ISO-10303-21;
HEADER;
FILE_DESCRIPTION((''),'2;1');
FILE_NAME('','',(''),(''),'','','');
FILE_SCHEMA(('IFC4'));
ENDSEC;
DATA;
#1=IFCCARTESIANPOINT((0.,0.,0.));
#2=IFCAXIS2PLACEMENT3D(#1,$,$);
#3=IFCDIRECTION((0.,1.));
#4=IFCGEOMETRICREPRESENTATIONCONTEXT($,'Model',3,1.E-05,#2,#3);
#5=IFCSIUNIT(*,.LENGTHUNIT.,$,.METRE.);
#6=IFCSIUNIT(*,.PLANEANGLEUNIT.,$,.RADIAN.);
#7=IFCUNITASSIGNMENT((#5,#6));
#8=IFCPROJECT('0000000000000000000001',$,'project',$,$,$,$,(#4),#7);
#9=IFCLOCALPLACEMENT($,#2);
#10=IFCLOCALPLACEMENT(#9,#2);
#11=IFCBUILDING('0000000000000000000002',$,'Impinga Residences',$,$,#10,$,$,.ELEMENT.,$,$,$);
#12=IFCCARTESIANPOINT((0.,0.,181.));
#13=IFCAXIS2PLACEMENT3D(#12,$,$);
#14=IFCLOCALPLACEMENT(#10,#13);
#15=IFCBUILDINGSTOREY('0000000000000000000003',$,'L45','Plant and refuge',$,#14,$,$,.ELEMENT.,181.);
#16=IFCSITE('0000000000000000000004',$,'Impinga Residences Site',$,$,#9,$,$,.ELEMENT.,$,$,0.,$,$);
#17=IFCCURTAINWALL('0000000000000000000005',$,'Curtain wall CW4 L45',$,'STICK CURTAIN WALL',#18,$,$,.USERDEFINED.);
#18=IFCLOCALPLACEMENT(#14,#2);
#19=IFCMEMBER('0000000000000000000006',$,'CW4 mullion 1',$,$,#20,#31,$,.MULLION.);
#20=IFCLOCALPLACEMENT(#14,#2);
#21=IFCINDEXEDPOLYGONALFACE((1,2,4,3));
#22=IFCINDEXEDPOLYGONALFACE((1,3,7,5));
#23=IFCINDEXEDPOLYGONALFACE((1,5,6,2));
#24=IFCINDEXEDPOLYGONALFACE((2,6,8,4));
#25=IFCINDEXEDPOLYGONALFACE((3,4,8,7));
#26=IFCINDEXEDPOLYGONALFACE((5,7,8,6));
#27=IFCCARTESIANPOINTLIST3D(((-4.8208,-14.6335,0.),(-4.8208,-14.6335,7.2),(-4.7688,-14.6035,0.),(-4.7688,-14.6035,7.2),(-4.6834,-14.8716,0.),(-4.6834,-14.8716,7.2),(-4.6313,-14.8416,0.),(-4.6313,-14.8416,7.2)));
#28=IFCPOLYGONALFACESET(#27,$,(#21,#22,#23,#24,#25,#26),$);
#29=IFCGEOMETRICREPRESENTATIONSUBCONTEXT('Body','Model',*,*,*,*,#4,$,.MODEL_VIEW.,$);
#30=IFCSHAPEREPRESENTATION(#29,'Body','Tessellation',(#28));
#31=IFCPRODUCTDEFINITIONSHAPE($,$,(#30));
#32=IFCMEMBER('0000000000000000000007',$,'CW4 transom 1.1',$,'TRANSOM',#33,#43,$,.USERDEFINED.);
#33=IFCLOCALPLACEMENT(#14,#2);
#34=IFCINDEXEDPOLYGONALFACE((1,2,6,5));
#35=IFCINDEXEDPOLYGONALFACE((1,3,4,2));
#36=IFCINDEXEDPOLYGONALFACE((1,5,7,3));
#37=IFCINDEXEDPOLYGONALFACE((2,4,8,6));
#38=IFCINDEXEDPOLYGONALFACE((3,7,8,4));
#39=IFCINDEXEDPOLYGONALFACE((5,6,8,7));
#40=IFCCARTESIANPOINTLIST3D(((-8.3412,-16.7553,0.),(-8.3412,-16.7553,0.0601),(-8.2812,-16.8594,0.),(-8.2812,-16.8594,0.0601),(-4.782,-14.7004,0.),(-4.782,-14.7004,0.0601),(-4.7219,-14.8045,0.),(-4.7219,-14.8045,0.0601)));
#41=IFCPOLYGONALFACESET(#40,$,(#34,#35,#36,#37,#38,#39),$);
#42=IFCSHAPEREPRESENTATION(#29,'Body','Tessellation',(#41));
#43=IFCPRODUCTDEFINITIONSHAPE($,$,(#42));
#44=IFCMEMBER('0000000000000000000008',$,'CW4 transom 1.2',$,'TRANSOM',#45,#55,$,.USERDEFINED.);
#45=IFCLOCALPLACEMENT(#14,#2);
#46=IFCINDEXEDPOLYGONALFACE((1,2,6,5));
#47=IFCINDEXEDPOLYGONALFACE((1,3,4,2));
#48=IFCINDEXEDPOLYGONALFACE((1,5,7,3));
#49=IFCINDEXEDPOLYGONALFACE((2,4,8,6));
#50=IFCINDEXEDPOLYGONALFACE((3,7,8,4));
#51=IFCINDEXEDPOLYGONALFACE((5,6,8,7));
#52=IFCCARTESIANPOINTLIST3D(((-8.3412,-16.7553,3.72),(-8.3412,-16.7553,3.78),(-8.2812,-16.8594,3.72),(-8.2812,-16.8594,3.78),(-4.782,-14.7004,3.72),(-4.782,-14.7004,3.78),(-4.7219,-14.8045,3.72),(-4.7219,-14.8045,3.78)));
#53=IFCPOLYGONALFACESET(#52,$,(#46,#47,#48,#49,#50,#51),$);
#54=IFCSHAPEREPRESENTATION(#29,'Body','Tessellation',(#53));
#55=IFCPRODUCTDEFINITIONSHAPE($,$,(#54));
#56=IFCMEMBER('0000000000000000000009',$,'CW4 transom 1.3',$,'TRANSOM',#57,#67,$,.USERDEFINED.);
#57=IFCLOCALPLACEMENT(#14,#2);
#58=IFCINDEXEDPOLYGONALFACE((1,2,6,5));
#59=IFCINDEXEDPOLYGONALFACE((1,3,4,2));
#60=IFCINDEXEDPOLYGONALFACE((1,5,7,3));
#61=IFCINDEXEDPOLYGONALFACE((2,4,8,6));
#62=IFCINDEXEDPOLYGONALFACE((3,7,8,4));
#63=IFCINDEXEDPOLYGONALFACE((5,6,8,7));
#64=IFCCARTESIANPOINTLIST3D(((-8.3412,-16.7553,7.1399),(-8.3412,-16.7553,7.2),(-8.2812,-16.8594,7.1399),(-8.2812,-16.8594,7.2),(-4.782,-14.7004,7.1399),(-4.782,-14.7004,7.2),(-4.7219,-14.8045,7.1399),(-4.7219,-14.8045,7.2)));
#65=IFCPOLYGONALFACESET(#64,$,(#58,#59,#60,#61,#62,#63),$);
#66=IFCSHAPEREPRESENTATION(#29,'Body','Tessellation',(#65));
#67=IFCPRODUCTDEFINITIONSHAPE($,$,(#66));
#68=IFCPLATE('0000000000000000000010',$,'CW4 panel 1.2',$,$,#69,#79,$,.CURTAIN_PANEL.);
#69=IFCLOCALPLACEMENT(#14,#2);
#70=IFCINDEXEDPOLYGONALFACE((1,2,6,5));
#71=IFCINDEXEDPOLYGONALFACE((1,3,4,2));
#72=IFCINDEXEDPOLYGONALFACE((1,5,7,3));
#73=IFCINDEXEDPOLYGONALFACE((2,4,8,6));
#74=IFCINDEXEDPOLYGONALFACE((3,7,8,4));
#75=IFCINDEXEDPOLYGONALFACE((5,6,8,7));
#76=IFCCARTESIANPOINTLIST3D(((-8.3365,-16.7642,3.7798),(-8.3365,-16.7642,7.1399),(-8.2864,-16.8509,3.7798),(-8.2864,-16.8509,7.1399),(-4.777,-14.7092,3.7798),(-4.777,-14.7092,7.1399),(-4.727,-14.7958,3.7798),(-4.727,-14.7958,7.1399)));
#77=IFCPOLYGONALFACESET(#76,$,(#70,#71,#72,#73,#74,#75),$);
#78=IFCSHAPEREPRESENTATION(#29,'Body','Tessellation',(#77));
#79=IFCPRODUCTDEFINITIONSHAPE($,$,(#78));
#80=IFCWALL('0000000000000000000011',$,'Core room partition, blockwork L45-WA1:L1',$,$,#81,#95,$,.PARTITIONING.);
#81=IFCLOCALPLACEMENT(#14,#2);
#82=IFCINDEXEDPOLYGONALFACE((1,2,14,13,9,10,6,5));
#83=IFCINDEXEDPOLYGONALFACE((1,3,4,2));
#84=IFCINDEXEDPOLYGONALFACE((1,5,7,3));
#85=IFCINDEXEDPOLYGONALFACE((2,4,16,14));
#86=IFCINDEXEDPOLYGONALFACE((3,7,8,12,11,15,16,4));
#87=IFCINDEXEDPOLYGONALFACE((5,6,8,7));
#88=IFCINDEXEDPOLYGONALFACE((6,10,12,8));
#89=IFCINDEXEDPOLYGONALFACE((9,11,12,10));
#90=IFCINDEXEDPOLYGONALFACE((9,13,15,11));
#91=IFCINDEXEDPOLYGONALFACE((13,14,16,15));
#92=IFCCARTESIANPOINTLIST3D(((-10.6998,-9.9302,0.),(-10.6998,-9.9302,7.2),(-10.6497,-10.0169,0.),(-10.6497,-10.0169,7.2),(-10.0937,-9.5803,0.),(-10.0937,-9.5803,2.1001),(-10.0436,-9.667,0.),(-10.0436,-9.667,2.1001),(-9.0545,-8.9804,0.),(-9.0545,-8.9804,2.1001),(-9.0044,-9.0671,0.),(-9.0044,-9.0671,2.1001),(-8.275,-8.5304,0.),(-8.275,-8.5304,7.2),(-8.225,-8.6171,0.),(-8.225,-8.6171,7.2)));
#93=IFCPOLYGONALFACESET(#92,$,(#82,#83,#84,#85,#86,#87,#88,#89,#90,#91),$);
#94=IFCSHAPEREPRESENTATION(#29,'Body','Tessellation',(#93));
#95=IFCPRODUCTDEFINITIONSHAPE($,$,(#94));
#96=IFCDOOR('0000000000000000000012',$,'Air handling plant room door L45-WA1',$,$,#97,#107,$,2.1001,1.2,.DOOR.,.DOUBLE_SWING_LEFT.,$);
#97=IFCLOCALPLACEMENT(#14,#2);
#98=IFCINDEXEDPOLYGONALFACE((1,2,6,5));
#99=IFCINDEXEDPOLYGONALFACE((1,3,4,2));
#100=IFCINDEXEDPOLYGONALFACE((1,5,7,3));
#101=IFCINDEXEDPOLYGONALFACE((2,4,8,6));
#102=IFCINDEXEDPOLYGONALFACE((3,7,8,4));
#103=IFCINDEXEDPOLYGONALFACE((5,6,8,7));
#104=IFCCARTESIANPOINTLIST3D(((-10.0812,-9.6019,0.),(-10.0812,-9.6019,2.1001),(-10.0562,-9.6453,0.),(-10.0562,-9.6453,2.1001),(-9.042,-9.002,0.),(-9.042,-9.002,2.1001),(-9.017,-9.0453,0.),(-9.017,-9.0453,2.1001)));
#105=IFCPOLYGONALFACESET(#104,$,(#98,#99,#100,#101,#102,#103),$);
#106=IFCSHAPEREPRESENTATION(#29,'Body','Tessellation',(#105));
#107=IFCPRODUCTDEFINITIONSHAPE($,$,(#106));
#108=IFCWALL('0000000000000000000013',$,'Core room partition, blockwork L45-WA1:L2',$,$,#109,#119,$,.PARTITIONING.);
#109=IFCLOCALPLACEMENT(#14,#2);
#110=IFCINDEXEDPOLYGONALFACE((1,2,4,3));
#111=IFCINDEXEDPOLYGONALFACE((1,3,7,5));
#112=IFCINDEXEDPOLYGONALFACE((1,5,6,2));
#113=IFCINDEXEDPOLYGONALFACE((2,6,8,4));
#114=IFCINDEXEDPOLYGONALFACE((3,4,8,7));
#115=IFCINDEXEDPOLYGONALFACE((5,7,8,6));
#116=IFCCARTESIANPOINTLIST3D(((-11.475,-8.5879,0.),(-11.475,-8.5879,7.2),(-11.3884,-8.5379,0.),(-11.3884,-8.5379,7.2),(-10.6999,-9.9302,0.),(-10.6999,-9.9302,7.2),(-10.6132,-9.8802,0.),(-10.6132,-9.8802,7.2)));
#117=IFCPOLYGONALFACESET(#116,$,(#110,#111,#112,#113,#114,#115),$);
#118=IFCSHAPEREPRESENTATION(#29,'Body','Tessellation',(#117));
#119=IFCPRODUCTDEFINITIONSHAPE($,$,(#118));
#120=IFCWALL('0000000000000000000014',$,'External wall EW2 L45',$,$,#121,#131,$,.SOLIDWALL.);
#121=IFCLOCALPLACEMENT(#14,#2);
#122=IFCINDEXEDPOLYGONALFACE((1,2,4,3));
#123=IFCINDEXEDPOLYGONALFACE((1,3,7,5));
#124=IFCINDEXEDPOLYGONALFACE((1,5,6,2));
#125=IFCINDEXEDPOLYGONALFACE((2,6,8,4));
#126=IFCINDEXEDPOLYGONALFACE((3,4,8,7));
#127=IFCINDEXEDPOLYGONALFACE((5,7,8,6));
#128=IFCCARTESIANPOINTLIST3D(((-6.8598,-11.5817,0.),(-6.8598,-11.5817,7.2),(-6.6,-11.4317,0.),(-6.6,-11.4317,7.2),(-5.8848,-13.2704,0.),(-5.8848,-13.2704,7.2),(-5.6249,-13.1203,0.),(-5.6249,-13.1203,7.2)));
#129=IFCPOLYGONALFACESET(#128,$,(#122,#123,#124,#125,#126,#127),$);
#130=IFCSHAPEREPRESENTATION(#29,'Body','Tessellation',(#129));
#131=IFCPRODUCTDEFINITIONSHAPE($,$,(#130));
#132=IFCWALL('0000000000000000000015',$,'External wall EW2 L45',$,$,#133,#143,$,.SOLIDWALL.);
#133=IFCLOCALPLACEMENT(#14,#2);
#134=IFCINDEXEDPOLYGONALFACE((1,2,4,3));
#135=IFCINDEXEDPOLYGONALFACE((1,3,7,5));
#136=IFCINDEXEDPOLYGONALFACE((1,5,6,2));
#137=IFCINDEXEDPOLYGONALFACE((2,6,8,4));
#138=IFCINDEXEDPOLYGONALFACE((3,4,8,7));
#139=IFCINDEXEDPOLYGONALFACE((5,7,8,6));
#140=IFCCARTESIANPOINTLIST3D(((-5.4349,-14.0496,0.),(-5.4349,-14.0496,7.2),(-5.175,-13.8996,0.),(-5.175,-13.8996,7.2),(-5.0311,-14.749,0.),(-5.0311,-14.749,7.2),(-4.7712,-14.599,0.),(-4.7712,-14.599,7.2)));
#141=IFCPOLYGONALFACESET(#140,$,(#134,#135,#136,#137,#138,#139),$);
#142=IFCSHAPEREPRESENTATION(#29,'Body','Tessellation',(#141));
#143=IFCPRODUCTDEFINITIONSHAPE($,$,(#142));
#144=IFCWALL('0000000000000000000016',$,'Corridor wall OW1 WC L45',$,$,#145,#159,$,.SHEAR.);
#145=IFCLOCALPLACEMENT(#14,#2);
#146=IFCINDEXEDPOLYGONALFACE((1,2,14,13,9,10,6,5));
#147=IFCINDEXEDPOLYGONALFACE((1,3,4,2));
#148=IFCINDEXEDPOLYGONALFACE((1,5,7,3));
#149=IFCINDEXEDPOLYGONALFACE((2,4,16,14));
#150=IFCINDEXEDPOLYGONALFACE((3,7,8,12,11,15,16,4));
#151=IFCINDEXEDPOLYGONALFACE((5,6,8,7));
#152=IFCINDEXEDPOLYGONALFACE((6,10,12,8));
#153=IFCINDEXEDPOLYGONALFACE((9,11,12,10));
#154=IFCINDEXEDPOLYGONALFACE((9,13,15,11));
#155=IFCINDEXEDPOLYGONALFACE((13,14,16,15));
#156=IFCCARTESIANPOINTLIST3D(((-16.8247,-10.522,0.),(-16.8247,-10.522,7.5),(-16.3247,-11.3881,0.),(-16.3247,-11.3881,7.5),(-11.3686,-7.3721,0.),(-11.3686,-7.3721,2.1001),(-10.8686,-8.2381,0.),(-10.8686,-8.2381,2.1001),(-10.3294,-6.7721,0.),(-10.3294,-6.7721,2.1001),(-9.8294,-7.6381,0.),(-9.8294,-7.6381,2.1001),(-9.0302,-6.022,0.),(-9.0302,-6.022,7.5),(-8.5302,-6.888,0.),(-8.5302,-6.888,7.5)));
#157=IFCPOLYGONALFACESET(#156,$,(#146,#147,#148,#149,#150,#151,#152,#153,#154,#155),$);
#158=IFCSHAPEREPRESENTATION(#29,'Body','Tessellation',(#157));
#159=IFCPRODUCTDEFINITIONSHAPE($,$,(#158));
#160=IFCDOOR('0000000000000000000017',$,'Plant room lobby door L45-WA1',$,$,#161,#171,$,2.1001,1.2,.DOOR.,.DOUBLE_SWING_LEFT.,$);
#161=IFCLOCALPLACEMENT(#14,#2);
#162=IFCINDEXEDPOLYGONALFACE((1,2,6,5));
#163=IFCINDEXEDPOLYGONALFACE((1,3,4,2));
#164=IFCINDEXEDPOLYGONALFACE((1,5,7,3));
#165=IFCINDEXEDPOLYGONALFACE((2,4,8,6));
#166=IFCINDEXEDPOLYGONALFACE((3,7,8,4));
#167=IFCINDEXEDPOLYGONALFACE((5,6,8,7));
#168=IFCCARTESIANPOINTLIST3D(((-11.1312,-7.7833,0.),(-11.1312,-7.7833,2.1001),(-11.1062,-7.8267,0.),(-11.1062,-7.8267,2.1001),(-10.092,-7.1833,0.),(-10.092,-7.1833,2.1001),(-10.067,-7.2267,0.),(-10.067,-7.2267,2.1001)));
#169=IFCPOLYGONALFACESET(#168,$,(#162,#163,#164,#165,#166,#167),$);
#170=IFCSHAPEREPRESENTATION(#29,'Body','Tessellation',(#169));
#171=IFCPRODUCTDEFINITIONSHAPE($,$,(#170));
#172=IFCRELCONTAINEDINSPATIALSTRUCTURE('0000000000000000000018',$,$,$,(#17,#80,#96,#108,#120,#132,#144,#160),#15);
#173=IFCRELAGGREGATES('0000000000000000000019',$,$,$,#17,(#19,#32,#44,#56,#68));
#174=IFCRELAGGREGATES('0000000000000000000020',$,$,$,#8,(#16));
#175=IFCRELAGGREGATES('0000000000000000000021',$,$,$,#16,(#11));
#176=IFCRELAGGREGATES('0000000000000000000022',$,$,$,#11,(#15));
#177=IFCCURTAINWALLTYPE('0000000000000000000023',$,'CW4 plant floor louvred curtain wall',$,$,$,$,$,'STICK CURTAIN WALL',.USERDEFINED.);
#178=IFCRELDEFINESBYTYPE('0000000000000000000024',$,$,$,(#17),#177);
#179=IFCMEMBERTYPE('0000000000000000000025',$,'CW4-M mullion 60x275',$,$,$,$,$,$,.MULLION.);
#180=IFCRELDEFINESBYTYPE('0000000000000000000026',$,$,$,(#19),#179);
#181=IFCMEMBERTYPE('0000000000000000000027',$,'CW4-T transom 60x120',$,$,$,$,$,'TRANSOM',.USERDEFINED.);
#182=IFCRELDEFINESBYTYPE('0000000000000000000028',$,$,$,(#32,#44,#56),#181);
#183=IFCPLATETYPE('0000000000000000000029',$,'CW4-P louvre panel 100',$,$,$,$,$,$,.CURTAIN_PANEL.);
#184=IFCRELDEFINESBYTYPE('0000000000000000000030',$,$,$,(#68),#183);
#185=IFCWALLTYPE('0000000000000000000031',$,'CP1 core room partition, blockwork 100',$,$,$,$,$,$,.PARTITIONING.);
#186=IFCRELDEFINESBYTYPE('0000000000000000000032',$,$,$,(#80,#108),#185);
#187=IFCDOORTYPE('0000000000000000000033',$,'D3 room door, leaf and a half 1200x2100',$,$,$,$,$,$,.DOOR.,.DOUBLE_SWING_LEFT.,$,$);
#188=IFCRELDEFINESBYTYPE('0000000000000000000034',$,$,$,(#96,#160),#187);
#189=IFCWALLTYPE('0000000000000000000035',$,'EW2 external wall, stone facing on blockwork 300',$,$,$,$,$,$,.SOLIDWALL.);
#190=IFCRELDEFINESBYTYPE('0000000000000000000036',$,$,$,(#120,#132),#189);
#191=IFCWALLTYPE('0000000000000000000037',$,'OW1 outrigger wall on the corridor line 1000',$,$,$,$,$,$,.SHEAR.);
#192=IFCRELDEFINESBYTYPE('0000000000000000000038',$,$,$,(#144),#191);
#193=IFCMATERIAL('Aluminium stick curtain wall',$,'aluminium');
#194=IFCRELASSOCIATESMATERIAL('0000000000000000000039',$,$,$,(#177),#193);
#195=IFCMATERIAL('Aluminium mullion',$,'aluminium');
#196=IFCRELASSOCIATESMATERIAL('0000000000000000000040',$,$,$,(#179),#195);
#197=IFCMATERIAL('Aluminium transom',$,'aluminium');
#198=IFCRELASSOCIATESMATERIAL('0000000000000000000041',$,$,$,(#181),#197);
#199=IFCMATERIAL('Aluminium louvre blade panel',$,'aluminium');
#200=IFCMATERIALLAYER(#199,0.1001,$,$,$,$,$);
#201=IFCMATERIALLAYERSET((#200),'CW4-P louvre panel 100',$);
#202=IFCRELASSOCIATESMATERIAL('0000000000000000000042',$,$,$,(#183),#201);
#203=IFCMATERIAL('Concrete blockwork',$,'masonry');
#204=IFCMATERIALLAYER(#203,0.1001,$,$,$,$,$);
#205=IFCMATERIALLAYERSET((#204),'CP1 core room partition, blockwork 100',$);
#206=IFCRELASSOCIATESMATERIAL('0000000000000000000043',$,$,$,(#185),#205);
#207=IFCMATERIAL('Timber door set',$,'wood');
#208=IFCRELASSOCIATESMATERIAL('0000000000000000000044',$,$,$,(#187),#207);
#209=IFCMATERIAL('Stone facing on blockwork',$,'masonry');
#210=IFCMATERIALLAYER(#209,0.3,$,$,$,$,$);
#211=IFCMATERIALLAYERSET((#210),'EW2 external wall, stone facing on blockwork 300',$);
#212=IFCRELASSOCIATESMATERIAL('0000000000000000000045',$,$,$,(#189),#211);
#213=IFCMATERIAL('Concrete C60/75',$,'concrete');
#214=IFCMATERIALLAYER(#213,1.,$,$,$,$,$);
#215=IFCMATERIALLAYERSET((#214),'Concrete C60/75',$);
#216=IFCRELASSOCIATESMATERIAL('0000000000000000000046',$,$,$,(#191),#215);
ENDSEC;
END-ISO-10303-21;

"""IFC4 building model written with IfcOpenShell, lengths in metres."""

from ifc_helpers import new_model, si_unit, direction, frame, frame_2d, origin, origin_2d, place, context, subcontext, project, spatial, rectangle, extrude, material, layer, layer_set, material_profile, profile_set, type_object, element, fill, aggregate, save


model = new_model("IFC4")

# Units and contexts
model_context = context("Model", 3, precision=1e-05, world=origin(), true_north=direction((0.0, 1.0)))
body_context = subcontext(model_context, "Body", "Model", "MODEL_VIEW")
ifc_project = project(units=[si_unit("LENGTHUNIT", "METRE"), si_unit("PLANEANGLEUNIT", "RADIAN")], contexts=[model_context])

# Site, building, storey
site_placement = place(None, origin())
site = spatial("IfcSite", under=ifc_project, at=site_placement, Name="Impinga Residences Site", CompositionType="ELEMENT", RefElevation=0.0)
building_placement = place(site_placement, origin())
building = spatial("IfcBuilding", under=site, at=building_placement, Name="Impinga Residences", CompositionType="ELEMENT")
storey_placement = place(building_placement, frame((0.0, 0.0, 181.0)))
storey = spatial("IfcBuildingStorey", under=building, at=storey_placement, Name="L45", Description="Plant and refuge", CompositionType="ELEMENT", Elevation=181.0)

# Shared definitions
ifc_material_1 = material(Name="Concrete C60/75", Category="concrete")

# Curtain wall, members, plate
ifc_material_2 = material(Name="Aluminium stick curtain wall", Category="aluminium")
curtain_wall_type = type_object("IfcCurtainWallType", Name="CW4 plant floor louvred curtain wall", ElementType="STICK CURTAIN WALL", PredefinedType="USERDEFINED", material=ifc_material_2)
curtain_wall_placement = place(storey_placement, origin())
curtain_wall = element("IfcCurtainWall", 1, at=curtain_wall_placement, inside=storey, type_object=curtain_wall_type, Name="Curtain wall CW4 L45", ObjectType="STICK CURTAIN WALL", PredefinedType="USERDEFINED")
ifc_material_3 = material(Name="Aluminium mullion", Category="aluminium")
ifc_material_profile_1 = material_profile(ifc_material_3, rectangle(XDim=0.0601, YDim=0.2749, at=origin_2d()), Name="60x275 mullion")
ifc_profile_set_1 = profile_set([ifc_material_profile_1], Name="Aluminium mullion")
member_type_1 = type_object("IfcMemberType", Name="CW4-M mullion 60x275", PredefinedType="MULLION", material=ifc_profile_set_1)
member_1_placement = place(storey_placement, frame((-4.7261, -14.7375, 0.0), z_axis=(0.0, 0.0, 1.0), x_axis=(-0.866025, -0.5, 0.0)))
member_1 = element("IfcMember", 2, at=member_1_placement, type_object=member_type_1, Name="CW4 mullion 1", PredefinedType="MULLION", context=body_context, shape_type="SweptSolid", body=[
    extrude(rectangle(XDim=0.0601, YDim=0.2749, at=origin_2d()), origin(), (0.0, 0.0, 1.0), 7.2),
])
ifc_material_4 = material(Name="Aluminium transom", Category="aluminium")
ifc_material_profile_2 = material_profile(ifc_material_4, rectangle(XDim=0.0601, YDim=0.1201, at=origin_2d()), Name="60x120 transom")
ifc_profile_set_2 = profile_set([ifc_material_profile_2], Name="Aluminium transom")
member_type_2 = type_object("IfcMemberType", Name="CW4-T transom 60x120", ElementType="TRANSOM", PredefinedType="USERDEFINED", material=ifc_profile_set_2)
member_2_placement = place(storey_placement, frame((-4.752, -14.7524, 0.03), z_axis=(-0.86603, -0.499992, 0.0), x_axis=(0.0, 0.0, 1.0)))
member_2 = element("IfcMember", 3, at=member_2_placement, type_object=member_type_2, Name="CW4 transom 1.1", ObjectType="TRANSOM", PredefinedType="USERDEFINED", context=body_context, shape_type="SweptSolid", body=[
    extrude(rectangle(XDim=0.0601, YDim=0.1201, at=origin_2d()), origin(), (0.0, 0.0, 1.0), 4.1099),
])
member_3_placement = place(storey_placement, frame((-4.752, -14.7524, 3.75), z_axis=(-0.86603, -0.499992, 0.0), x_axis=(0.0, 0.0, 1.0)))
member_3 = element("IfcMember", 4, at=member_3_placement, type_object=member_type_2, Name="CW4 transom 1.2", ObjectType="TRANSOM", PredefinedType="USERDEFINED", context=body_context, shape_type="SweptSolid", body=[
    extrude(rectangle(XDim=0.0601, YDim=0.1201, at=origin_2d()), origin(), (0.0, 0.0, 1.0), 4.1099),
])
member_4_placement = place(storey_placement, frame((-4.752, -14.7524, 7.1699), z_axis=(-0.86603, -0.499992, 0.0), x_axis=(0.0, 0.0, 1.0)))
member_4 = element("IfcMember", 5, at=member_4_placement, type_object=member_type_2, Name="CW4 transom 1.3", ObjectType="TRANSOM", PredefinedType="USERDEFINED", context=body_context, shape_type="SweptSolid", body=[
    extrude(rectangle(XDim=0.0601, YDim=0.1201, at=origin_2d()), origin(), (0.0, 0.0, 1.0), 4.1099),
])
ifc_material_5 = material(Name="Aluminium louvre blade panel", Category="aluminium")
ifc_layer_1 = layer(ifc_material_5, 0.1001)
ifc_layer_set_1 = layer_set([ifc_layer_1], Name="CW4-P louvre panel 100")
plate_type = type_object("IfcPlateType", Name="CW4-P louvre panel 100", PredefinedType="CURTAIN_PANEL", material=ifc_layer_set_1)
plate_placement = place(storey_placement, frame((-6.5317, -15.78, 3.7798), z_axis=(0.0, 0.0, 1.0), x_axis=(-0.866025, -0.5, 0.0)))
plate = element("IfcPlate", 6, at=plate_placement, type_object=plate_type, Name="CW4 panel 1.2", PredefinedType="CURTAIN_PANEL", context=body_context, shape_type="SweptSolid", body=[
    extrude(rectangle(XDim=4.1101, YDim=0.1001, at=origin_2d()), origin(), (0.0, 0.0, 1.0), 3.3601),
])
aggregate(curtain_wall, [member_1, member_2, member_3, member_4, plate])

# Wall, opening, door
ifc_material_6 = material(Name="Concrete blockwork", Category="masonry")
ifc_layer_2 = layer(ifc_material_6, 0.1001)
ifc_layer_set_2 = layer_set([ifc_layer_2], Name="CP1 core room partition, blockwork 100")
wall_type_1 = type_object("IfcWallType", Name="CP1 core room partition, blockwork 100", PredefinedType="PARTITIONING", material=ifc_layer_set_2)
wall_1_placement = place(storey_placement, frame((-8.25, -8.5737, 0.0), z_axis=(0.0, 0.0, 1.0), x_axis=(-0.866035, -0.499984, 0.0)))
wall_1 = element("IfcWall", 7, at=wall_1_placement, inside=storey, type_object=wall_type_1, Name="Core room partition, blockwork L45-WA1:L1", PredefinedType="PARTITIONING", context=body_context, shape_type="SweptSolid", body=[
    extrude(rectangle(XDim=2.7998, YDim=0.1001, at=frame_2d((1.3999, 0.0))), origin(), (0.0, 0.0, 1.0), 7.2),
])
opening_1_placement = place(wall_1_placement, frame((0.8999, 0.0, 0.0)))
opening_1 = element("IfcOpeningElement", 8, at=opening_1_placement, cuts=wall_1, PredefinedType="OPENING", context=body_context, shape_type="SweptSolid", body=[
    extrude(rectangle(XDim=1.2, YDim=2.1001, at=frame_2d((0.6001, 1.05))), frame((0.0, 0.0601, 0.0), z_axis=(0.0, -1.0, 0.0), x_axis=(1.0, 0.0, 0.0)), (0.0, 0.0, 1.0), 0.1201),
])
ifc_material_7 = material(Name="Timber door set", Category="wood")
door_type_1 = type_object("IfcDoorType", Name="D3 room door, leaf and a half 1200x2100", OperationType="DOUBLE_SWING_LEFT", PredefinedType="DOOR", material=ifc_material_7)
door_1_placement = place(opening_1_placement, origin())
door_1 = element("IfcDoor", 9, at=door_1_placement, inside=storey, type_object=door_type_1, Name="Air handling plant room door L45-WA1", OperationType="DOUBLE_SWING_LEFT", OverallHeight=2.1001, OverallWidth=1.2, PredefinedType="DOOR", context=body_context, shape_type="SweptSolid", body=[
    extrude(rectangle(XDim=1.2, YDim=2.1001, at=frame_2d((0.6001, 1.05))), frame((0.0, 0.0249, 0.0), z_axis=(0.0, -1.0, 0.0), x_axis=(1.0, 0.0, 0.0)), (0.0, 0.0, 1.0), 0.05),
])
fill(opening_1, door_1)

# Walls
wall_2_placement = place(storey_placement, frame((-11.4316, -8.563, 0.0), z_axis=(0.0, 0.0, 1.0), x_axis=(0.500086, -0.865976, 0.0)))
element("IfcWall", 10, at=wall_2_placement, inside=storey, type_object=wall_type_1, Name="Core room partition, blockwork L45-WA1:L2", PredefinedType="PARTITIONING", context=body_context, shape_type="SweptSolid", body=[
    extrude(rectangle(XDim=1.55, YDim=0.1001, at=frame_2d((0.7749, 0.0))), origin(), (0.0, 0.0, 1.0), 7.2),
])
ifc_material_8 = material(Name="Stone facing on blockwork", Category="masonry")
ifc_layer_3 = layer(ifc_material_8, 0.3)
ifc_layer_set_3 = layer_set([ifc_layer_3], Name="EW2 external wall, stone facing on blockwork 300")
wall_type_2 = type_object("IfcWallType", Name="EW2 external wall, stone facing on blockwork 300", PredefinedType="SOLIDWALL", material=ifc_layer_set_3)
wall_3_placement = place(storey_placement, frame((-6.73, -11.5066, 0.0), z_axis=(0.0, 0.0, 1.0), x_axis=(0.500044, -0.866, 0.0)))
element("IfcWall", 11, at=wall_3_placement, inside=storey, type_object=wall_type_2, Name="External wall EW2 L45", PredefinedType="SOLIDWALL", context=body_context, shape_type="SweptSolid", body=[
    extrude(rectangle(XDim=1.95, YDim=0.3, at=frame_2d((0.9751, 0.0))), origin(), (0.0, 0.0, 1.0), 7.2),
])
wall_4_placement = place(storey_placement, frame((-5.3049, -13.9746, 0.0), z_axis=(0.0, 0.0, 1.0), x_axis=(0.499975, -0.86604, 0.0)))
element("IfcWall", 12, at=wall_4_placement, inside=storey, type_object=wall_type_2, Name="External wall EW2 L45", PredefinedType="SOLIDWALL", context=body_context, shape_type="SweptSolid", body=[
    extrude(rectangle(XDim=0.8076, YDim=0.3, at=frame_2d((0.4038, 0.0))), origin(), (0.0, 0.0, 1.0), 7.2),
])

# Wall, opening, door
ifc_layer_4 = layer(ifc_material_1, 1.0)
ifc_layer_set_4 = layer_set([ifc_layer_4], Name="Concrete C60/75")
wall_type_3 = type_object("IfcWallType", Name="OW1 outrigger wall on the corridor line 1000", PredefinedType="SHEAR", material=ifc_layer_set_4)
wall_5_placement = place(storey_placement, frame((-8.7803, -6.4551, 0.0), z_axis=(0.0, 0.0, 1.0), x_axis=(-0.866031, -0.49999, 0.0)))
wall_5 = element("IfcWall", 13, at=wall_5_placement, inside=storey, type_object=wall_type_3, Name="Corridor wall OW1 WC L45", PredefinedType="SHEAR", context=body_context, shape_type="SweptSolid", body=[
    extrude(rectangle(XDim=9.0002, YDim=1.0, at=frame_2d((4.5, 0.0))), origin(), (0.0, 0.0, 1.0), 7.5),
])
opening_2_placement = place(wall_5_placement, frame((1.5, 0.0, 0.0)))
opening_2 = element("IfcOpeningElement", 14, at=opening_2_placement, cuts=wall_5, PredefinedType="OPENING", context=body_context, shape_type="SweptSolid", body=[
    extrude(rectangle(XDim=1.2, YDim=2.1001, at=frame_2d((0.6001, 1.05))), frame((0.0, 0.51, 0.0), z_axis=(0.0, -1.0, 0.0), x_axis=(1.0, 0.0, 0.0)), (0.0, 0.0, 1.0), 1.02),
])
door_2_placement = place(opening_2_placement, origin())
door_2 = element("IfcDoor", 15, at=door_2_placement, inside=storey, type_object=door_type_1, Name="Plant room lobby door L45-WA1", OperationType="DOUBLE_SWING_LEFT", OverallHeight=2.1001, OverallWidth=1.2, PredefinedType="DOOR", context=body_context, shape_type="SweptSolid", body=[
    extrude(rectangle(XDim=1.2, YDim=2.1001, at=frame_2d((0.6001, 1.05))), frame((0.0, 0.0249, 0.0), z_axis=(0.0, -1.0, 0.0), x_axis=(1.0, 0.0, 0.0)), (0.0, 0.0, 1.0), 0.05),
])
fill(opening_2, door_2)

save(model, "model.ifc")
